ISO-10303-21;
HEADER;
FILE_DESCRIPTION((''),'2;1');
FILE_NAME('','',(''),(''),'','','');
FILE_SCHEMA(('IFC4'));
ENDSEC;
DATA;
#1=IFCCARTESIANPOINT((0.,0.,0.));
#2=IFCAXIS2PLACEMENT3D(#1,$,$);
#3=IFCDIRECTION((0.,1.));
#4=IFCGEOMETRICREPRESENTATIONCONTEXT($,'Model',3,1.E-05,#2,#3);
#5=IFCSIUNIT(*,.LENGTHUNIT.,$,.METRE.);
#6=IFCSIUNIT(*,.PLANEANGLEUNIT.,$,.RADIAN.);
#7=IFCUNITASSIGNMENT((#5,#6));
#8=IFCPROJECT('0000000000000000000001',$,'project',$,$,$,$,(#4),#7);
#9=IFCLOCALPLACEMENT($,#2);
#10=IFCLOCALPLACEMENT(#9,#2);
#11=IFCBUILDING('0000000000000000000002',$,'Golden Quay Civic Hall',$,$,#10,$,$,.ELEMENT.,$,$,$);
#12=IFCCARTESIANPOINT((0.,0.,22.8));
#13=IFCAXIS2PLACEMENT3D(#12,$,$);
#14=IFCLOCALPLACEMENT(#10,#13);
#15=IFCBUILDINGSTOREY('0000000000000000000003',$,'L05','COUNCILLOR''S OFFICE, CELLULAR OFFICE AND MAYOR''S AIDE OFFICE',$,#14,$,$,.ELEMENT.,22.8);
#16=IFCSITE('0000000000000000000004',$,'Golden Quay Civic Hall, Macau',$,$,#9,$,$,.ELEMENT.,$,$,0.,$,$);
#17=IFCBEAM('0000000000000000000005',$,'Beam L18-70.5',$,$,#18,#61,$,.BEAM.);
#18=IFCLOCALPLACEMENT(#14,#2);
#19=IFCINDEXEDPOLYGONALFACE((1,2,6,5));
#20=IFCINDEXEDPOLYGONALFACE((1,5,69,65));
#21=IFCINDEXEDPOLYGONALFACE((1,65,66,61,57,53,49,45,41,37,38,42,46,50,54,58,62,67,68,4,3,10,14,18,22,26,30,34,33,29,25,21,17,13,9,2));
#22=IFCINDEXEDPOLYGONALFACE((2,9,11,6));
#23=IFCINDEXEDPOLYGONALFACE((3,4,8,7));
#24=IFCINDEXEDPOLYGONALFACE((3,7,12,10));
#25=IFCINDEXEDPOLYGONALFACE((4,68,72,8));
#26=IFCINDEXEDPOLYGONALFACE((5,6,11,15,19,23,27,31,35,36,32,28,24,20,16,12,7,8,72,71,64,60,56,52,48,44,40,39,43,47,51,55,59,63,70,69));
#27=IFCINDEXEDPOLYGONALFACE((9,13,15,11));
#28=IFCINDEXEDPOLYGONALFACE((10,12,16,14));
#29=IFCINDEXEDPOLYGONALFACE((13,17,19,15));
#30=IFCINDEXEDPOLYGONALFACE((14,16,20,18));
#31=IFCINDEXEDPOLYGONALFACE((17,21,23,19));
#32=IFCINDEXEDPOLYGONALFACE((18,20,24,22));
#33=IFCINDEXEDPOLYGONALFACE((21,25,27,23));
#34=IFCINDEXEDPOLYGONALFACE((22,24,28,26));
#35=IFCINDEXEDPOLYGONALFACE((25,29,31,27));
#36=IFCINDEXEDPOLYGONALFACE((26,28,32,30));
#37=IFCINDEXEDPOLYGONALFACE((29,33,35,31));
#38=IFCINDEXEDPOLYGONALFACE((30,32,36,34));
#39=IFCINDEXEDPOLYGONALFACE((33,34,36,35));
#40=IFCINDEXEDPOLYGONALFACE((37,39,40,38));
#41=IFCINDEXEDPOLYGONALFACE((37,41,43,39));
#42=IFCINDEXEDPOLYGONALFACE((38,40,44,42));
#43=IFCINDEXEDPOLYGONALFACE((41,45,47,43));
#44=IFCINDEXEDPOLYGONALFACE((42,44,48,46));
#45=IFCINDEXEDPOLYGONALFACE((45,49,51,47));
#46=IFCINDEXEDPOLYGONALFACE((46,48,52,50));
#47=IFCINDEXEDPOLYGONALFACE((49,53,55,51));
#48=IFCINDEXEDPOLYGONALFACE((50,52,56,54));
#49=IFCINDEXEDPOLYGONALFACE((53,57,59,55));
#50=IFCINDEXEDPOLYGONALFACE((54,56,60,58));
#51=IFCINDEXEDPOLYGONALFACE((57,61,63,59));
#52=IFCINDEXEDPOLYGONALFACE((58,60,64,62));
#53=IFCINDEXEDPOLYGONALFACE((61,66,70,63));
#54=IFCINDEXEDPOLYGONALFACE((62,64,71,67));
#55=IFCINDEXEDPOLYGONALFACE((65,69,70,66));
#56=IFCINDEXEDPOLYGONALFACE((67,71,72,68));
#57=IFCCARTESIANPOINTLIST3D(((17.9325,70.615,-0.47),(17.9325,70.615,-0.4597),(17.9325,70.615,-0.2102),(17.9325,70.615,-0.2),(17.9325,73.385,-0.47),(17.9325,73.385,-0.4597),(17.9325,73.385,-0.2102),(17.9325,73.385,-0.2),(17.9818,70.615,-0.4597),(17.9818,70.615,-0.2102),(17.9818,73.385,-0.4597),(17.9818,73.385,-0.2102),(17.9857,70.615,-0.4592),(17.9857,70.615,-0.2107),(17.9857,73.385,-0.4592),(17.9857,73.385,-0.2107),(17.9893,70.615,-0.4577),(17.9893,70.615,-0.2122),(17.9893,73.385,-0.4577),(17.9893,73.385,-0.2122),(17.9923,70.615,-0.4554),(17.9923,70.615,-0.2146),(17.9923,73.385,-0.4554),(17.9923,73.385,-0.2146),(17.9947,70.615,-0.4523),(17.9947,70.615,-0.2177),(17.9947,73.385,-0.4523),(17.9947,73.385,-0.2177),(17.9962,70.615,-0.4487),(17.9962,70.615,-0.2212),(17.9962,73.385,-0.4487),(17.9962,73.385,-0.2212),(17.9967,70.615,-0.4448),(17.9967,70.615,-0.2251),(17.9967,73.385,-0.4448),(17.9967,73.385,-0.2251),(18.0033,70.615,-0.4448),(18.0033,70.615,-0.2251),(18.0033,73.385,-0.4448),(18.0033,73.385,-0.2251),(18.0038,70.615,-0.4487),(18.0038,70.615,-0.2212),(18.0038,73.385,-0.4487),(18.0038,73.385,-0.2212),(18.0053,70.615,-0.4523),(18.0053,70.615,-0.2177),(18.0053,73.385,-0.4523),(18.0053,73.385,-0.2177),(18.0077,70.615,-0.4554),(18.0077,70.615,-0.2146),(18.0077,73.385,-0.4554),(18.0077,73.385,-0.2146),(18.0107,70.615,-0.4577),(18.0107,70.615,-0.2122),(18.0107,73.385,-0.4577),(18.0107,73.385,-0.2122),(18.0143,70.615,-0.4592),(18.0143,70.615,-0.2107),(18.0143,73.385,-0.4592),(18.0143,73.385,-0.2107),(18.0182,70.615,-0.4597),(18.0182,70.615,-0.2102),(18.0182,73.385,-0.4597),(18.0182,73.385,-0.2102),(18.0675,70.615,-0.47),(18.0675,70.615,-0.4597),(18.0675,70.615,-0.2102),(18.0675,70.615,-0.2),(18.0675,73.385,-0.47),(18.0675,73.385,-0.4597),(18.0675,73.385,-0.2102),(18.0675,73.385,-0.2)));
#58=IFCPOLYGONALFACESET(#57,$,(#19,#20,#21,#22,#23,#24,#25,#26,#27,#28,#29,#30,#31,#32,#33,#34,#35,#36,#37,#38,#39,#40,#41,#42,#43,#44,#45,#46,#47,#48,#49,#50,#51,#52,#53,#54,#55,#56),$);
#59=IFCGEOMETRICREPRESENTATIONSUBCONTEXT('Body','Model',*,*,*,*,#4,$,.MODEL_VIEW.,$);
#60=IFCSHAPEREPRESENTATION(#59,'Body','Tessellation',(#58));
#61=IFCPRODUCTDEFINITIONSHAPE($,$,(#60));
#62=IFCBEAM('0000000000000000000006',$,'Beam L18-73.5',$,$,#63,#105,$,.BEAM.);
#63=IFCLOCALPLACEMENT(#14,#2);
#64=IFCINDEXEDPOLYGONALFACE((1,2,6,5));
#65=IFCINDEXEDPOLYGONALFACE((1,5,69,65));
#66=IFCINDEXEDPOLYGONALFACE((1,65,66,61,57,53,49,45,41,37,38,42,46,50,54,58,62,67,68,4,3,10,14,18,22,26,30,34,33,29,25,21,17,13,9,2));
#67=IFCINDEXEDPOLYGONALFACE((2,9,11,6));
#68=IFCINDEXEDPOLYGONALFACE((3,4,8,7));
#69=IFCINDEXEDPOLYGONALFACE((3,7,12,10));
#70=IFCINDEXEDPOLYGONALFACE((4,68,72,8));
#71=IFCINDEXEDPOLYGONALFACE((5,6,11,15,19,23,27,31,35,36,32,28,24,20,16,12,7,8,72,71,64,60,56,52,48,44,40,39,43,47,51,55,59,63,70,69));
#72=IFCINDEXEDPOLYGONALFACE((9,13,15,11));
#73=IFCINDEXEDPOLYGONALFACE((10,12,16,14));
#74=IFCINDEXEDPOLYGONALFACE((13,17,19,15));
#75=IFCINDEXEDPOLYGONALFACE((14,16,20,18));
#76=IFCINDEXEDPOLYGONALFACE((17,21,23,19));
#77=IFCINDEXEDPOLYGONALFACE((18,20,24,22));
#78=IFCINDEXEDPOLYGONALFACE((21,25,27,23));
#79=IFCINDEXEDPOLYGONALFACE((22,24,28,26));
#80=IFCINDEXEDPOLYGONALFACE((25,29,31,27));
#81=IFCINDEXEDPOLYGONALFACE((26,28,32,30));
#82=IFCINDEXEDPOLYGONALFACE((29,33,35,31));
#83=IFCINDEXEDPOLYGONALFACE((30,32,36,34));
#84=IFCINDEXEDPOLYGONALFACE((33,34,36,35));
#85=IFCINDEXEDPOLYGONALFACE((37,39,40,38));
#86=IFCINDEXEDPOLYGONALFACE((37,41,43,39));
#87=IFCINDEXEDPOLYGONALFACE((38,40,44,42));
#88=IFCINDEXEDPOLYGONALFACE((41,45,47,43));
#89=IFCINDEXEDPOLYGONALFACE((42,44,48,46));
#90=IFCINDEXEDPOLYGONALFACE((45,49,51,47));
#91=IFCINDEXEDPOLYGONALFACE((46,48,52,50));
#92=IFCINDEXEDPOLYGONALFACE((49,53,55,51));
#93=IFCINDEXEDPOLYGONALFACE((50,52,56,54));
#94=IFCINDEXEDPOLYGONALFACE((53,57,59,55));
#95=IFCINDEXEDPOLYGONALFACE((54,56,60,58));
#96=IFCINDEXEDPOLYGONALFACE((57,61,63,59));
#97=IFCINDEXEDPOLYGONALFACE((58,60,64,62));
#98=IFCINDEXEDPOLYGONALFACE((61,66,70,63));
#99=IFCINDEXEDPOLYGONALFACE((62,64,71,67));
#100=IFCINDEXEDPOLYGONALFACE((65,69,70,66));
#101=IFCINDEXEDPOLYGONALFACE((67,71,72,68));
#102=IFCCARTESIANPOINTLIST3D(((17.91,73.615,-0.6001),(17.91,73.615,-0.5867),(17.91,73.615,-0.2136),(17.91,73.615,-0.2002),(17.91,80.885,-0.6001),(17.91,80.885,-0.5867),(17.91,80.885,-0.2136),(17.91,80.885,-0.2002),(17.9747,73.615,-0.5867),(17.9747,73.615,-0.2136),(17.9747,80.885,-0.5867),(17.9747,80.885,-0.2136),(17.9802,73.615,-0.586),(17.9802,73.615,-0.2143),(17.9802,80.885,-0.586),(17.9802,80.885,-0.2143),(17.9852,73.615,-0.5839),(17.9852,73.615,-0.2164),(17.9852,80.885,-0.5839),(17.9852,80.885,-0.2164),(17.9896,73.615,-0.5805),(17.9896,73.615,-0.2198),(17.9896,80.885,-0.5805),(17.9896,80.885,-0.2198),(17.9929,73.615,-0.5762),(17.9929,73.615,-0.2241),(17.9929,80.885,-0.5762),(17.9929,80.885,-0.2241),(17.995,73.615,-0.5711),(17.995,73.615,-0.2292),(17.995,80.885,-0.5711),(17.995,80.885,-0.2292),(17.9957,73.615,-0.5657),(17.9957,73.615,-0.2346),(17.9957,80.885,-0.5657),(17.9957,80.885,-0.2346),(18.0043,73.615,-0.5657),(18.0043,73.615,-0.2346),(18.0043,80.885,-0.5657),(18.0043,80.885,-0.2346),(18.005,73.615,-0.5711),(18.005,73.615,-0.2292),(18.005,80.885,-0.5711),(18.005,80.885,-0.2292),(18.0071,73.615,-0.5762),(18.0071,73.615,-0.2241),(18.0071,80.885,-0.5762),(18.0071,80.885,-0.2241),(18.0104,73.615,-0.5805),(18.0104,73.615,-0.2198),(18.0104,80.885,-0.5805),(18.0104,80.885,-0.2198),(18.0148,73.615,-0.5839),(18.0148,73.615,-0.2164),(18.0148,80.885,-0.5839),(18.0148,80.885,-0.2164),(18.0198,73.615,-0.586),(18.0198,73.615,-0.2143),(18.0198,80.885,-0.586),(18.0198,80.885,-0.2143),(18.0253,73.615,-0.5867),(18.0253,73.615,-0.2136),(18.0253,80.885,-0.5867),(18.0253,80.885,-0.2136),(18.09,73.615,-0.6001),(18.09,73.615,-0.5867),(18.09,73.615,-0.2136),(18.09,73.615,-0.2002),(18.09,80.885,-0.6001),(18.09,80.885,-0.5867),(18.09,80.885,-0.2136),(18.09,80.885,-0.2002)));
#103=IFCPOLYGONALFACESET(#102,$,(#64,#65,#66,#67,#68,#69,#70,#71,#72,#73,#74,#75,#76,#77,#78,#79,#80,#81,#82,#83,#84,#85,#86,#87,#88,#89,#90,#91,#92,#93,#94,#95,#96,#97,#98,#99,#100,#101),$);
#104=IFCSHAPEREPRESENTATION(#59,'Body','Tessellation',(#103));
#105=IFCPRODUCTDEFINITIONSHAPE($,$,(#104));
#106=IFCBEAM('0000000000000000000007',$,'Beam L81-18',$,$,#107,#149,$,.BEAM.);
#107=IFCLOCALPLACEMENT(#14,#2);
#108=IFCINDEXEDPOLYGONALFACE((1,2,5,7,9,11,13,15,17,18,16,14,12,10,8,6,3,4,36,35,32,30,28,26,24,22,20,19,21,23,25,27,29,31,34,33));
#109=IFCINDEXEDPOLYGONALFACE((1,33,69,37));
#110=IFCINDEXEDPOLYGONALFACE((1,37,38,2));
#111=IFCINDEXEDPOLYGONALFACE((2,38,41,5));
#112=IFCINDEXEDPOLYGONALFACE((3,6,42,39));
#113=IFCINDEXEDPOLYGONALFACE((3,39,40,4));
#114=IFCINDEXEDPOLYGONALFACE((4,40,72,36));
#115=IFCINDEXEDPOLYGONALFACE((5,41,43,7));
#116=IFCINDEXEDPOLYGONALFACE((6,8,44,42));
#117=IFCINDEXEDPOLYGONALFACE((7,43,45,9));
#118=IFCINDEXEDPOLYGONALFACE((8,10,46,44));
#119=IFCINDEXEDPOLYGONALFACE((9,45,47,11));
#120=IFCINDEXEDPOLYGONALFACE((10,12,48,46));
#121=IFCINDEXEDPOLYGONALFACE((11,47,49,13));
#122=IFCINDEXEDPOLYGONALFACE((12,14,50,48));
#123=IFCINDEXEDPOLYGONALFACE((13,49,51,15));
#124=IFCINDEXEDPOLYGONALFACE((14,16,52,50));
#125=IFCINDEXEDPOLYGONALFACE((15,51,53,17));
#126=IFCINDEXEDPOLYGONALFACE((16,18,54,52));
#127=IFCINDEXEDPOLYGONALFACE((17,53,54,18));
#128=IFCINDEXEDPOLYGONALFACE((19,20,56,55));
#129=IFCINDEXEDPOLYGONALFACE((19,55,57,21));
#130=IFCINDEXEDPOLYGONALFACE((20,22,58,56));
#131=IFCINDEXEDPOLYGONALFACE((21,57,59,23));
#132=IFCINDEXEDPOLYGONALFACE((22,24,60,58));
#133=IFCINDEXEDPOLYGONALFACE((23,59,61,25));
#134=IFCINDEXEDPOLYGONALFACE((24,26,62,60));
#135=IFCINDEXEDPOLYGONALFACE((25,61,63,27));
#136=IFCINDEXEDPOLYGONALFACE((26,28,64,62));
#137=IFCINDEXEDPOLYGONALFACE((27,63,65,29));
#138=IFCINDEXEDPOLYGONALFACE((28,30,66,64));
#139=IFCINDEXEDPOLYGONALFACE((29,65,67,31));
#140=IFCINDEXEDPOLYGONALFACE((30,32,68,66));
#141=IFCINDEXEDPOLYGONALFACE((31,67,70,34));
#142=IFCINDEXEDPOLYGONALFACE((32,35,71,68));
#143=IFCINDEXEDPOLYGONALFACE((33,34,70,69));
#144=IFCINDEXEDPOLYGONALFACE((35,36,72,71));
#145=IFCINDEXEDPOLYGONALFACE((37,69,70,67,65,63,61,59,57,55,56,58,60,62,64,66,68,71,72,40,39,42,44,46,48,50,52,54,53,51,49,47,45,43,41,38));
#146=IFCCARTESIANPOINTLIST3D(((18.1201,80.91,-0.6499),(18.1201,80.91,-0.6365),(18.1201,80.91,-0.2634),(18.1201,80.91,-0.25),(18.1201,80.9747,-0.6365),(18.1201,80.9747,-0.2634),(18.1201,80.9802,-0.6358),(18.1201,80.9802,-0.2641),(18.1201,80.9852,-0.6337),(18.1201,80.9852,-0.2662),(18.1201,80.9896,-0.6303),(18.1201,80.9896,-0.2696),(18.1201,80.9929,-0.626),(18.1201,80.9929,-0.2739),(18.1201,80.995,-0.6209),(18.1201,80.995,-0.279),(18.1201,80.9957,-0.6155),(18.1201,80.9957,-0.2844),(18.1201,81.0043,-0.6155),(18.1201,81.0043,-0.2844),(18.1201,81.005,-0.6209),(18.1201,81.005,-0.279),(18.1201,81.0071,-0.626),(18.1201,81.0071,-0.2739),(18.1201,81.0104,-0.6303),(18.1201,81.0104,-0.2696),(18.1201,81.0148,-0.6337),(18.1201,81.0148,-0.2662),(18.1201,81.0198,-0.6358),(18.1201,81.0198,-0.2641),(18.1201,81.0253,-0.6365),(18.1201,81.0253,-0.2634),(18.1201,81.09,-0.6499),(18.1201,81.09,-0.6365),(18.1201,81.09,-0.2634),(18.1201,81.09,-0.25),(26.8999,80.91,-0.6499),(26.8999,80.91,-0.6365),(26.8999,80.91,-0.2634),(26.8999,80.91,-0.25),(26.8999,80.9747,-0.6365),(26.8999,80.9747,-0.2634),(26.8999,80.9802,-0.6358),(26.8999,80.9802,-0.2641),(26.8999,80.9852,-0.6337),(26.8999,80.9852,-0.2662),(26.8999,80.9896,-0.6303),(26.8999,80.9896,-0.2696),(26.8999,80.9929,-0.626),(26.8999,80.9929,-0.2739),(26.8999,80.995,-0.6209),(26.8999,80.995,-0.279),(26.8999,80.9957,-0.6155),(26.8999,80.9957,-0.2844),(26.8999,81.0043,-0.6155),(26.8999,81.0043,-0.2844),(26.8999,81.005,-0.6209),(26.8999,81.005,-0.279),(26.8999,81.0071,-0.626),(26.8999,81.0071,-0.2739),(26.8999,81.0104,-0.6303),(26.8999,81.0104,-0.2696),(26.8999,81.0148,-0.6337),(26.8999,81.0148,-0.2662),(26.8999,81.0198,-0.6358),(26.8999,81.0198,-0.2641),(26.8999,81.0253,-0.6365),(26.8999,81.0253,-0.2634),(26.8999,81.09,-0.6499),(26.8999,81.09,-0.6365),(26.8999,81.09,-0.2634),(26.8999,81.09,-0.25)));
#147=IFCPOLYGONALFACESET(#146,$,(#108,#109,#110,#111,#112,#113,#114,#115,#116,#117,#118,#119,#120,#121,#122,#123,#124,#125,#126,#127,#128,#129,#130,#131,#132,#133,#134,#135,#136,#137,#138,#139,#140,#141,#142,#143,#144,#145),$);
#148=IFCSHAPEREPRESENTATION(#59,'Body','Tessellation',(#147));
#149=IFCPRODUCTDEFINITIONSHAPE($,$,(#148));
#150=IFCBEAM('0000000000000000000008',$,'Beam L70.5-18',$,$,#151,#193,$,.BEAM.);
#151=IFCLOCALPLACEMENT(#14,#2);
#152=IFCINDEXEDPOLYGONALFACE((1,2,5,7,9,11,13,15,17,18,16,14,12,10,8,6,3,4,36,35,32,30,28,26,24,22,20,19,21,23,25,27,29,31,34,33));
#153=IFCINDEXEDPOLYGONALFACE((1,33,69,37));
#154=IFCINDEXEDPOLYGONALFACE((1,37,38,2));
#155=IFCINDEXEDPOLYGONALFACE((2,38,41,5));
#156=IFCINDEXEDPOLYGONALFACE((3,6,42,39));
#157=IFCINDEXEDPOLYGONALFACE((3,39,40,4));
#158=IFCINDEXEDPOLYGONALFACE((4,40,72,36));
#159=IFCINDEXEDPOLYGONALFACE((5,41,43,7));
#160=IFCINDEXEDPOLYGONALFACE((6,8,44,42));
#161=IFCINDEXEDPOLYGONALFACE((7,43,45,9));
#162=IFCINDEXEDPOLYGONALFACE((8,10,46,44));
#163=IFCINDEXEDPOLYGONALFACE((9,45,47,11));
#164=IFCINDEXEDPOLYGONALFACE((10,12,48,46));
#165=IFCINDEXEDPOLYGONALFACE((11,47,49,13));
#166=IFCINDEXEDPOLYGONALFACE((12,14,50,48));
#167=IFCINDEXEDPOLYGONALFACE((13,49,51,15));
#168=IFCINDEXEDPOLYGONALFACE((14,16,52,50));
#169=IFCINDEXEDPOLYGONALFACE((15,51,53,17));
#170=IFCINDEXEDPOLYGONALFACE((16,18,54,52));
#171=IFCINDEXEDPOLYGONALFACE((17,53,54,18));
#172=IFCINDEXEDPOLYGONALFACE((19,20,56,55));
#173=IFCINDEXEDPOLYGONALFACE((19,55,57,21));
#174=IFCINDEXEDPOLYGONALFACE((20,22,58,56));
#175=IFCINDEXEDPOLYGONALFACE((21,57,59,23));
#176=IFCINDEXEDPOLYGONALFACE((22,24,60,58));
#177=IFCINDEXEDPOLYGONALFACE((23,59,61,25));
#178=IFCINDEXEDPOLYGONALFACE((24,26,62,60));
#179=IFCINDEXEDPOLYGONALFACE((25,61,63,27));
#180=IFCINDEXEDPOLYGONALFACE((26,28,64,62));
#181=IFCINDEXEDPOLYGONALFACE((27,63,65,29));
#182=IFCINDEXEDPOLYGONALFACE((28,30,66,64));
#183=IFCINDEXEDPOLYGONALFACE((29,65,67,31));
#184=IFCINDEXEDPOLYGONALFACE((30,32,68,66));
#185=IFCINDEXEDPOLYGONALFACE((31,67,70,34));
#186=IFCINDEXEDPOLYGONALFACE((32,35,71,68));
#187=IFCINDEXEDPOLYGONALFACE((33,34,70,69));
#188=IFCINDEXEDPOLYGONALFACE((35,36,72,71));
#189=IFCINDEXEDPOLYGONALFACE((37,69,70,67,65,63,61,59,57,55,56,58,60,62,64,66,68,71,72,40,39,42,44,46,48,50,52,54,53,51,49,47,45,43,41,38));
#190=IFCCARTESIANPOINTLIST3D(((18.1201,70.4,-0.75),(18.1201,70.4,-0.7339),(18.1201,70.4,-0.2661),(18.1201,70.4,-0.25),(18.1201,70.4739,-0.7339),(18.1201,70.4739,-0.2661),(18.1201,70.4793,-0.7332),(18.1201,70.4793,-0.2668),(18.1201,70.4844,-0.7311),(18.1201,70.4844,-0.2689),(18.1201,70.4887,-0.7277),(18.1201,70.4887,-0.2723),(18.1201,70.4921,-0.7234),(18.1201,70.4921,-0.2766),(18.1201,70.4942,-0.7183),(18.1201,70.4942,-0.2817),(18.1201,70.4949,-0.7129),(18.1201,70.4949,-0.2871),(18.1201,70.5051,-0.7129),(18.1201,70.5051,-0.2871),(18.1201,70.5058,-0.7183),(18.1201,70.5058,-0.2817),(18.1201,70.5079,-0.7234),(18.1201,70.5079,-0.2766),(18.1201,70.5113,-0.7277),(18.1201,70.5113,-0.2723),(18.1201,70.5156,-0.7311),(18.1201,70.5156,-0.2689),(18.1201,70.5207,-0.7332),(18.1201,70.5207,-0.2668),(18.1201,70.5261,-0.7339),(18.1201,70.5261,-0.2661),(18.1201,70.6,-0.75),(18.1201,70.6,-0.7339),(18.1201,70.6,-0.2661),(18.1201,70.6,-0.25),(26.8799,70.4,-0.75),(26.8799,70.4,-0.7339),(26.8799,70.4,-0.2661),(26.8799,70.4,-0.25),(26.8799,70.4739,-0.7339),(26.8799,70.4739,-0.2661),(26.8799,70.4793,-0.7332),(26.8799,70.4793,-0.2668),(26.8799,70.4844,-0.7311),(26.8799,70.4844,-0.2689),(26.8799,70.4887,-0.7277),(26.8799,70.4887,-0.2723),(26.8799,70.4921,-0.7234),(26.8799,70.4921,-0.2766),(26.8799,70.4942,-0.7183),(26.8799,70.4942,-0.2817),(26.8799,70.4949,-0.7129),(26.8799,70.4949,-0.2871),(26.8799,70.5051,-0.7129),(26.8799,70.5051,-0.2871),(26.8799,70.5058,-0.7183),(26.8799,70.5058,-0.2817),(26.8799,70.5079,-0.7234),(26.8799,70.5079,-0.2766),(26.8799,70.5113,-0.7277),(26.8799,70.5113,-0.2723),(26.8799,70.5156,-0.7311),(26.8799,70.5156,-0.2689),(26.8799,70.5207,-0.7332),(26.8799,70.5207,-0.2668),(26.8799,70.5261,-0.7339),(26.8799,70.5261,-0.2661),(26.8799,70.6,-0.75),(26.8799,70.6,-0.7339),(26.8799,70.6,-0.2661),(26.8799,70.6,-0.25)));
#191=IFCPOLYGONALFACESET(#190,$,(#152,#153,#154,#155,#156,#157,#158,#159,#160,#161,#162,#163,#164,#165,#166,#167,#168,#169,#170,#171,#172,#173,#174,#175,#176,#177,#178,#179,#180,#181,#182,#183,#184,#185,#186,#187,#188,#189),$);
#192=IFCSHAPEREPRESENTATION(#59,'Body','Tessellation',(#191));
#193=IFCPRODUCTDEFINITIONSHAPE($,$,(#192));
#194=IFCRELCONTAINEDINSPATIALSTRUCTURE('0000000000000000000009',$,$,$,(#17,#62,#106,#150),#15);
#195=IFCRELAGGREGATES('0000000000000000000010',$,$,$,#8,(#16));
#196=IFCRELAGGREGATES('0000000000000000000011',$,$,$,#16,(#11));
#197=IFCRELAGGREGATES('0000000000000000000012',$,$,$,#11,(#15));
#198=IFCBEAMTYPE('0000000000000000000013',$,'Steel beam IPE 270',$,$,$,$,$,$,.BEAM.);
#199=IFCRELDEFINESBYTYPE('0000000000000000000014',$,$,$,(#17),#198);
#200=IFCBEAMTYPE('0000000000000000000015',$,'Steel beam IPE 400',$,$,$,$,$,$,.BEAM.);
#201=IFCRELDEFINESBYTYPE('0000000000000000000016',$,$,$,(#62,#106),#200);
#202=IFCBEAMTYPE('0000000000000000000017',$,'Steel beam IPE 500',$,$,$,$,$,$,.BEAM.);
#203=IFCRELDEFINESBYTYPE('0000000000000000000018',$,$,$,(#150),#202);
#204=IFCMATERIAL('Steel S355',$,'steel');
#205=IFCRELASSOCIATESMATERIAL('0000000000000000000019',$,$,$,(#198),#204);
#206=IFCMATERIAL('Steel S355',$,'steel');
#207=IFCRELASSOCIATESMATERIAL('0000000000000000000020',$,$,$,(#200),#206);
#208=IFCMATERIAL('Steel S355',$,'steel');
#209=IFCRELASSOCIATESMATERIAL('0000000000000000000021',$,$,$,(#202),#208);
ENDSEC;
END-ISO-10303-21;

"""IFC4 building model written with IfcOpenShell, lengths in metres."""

from ifc_helpers import new_model, si_unit, direction, frame, origin, origin_2d, place, context, subcontext, project, spatial, i_section, extrude, material, material_profile, profile_set, type_object, element, save


model = new_model("IFC4")

# Units and contexts
model_context = context("Model", 3, precision=1e-05, world=origin(), true_north=direction((0.0, 1.0)))
body_context = subcontext(model_context, "Body", "Model", "MODEL_VIEW")
ifc_project = project(units=[si_unit("LENGTHUNIT", "METRE"), si_unit("PLANEANGLEUNIT", "RADIAN")], contexts=[model_context])

# Site, building, storey
site_placement = place(None, origin())
site = spatial("IfcSite", under=ifc_project, at=site_placement, Name="Golden Quay Civic Hall, Macau", CompositionType="ELEMENT", RefElevation=0.0)
building_placement = place(site_placement, origin())
building = spatial("IfcBuilding", under=site, at=building_placement, Name="Golden Quay Civic Hall", CompositionType="ELEMENT")
storey_placement = place(building_placement, frame((0.0, 0.0, 22.8)))
storey = spatial("IfcBuildingStorey", under=building, at=storey_placement, Name="L05", Description="COUNCILLOR'S OFFICE, CELLULAR OFFICE AND MAYOR'S AIDE OFFICE", CompositionType="ELEMENT", Elevation=22.8)

# Beams
ifc_material_1 = material(Name="Steel S355", Category="steel")
ifc_material_profile_1 = material_profile(ifc_material_1, i_section(OverallWidth=0.135, OverallDepth=0.27, WebThickness=0.0066, FlangeThickness=0.0103, FilletRadius=0.0149, at=origin_2d()), Name="IPE 270")
ifc_profile_set_1 = profile_set([ifc_material_profile_1], Name="Steel S355")
beam_type_1 = type_object("IfcBeamType", Name="Steel beam IPE 270", PredefinedType="BEAM", material=ifc_profile_set_1)
beam_1_placement = place(storey_placement, frame((18.0, 70.615, -0.335), z_axis=(0.0, 1.0, 0.0), x_axis=(-1.0, 0.0, 0.0)))
element("IfcBeam", 1, at=beam_1_placement, inside=storey, type_object=beam_type_1, Name="Beam L18-70.5", PredefinedType="BEAM", context=body_context, shape_type="SweptSolid", body=[
    extrude(i_section(OverallWidth=0.135, OverallDepth=0.27, WebThickness=0.0066, FlangeThickness=0.0103, FilletRadius=0.0149, at=origin_2d()), origin(), (0.0, 0.0, 1.0), 2.77),
])
ifc_material_2 = material(Name="Steel S355", Category="steel")
ifc_material_profile_2 = material_profile(ifc_material_2, i_section(OverallWidth=0.1799, OverallDepth=0.3999, WebThickness=0.0085, FlangeThickness=0.0134, FilletRadius=0.021, at=origin_2d()), Name="IPE 400")
ifc_profile_set_2 = profile_set([ifc_material_profile_2], Name="Steel S355")
beam_type_2 = type_object("IfcBeamType", Name="Steel beam IPE 400", PredefinedType="BEAM", material=ifc_profile_set_2)
beam_2_placement = place(storey_placement, frame((18.0, 73.615, -0.4001), z_axis=(0.0, 1.0, 0.0), x_axis=(-1.0, 0.0, 0.0)))
element("IfcBeam", 2, at=beam_2_placement, inside=storey, type_object=beam_type_2, Name="Beam L18-73.5", PredefinedType="BEAM", context=body_context, shape_type="SweptSolid", body=[
    extrude(i_section(OverallWidth=0.1799, OverallDepth=0.3999, WebThickness=0.0085, FlangeThickness=0.0134, FilletRadius=0.021, at=origin_2d()), origin(), (0.0, 0.0, 1.0), 7.27),
])
beam_3_placement = place(storey_placement, frame((18.1201, 81.0, -0.45), z_axis=(1.0, 0.0, 0.0), x_axis=(0.0, 1.0, 0.0)))
element("IfcBeam", 3, at=beam_3_placement, inside=storey, type_object=beam_type_2, Name="Beam L81-18", PredefinedType="BEAM", context=body_context, shape_type="SweptSolid", body=[
    extrude(i_section(OverallWidth=0.1799, OverallDepth=0.3999, WebThickness=0.0085, FlangeThickness=0.0134, FilletRadius=0.021, at=origin_2d()), origin(), (0.0, 0.0, 1.0), 8.7798),
])
ifc_material_3 = material(Name="Steel S355", Category="steel")
ifc_material_profile_3 = material_profile(ifc_material_3, i_section(OverallWidth=0.2, OverallDepth=0.5, WebThickness=0.0103, FlangeThickness=0.0161, FilletRadius=0.021, at=origin_2d()), Name="IPE 500")
ifc_profile_set_3 = profile_set([ifc_material_profile_3], Name="Steel S355")
beam_type_3 = type_object("IfcBeamType", Name="Steel beam IPE 500", PredefinedType="BEAM", material=ifc_profile_set_3)
for number, where, z_axis, x_axis, name in (
    (4, (18.1201, 70.5, -0.5), (1.0, 0.0, 0.0), (0.0, 1.0, 0.0), "Beam L70.5-18"),
):
    element("IfcBeam", number, at=place(storey_placement, frame(where, z_axis=z_axis, x_axis=x_axis)), inside=storey, type_object=beam_type_3, Name=name, PredefinedType="BEAM", context=body_context, shape_type="SweptSolid", body=[
        extrude(i_section(OverallWidth=0.2, OverallDepth=0.5, WebThickness=0.0103, FlangeThickness=0.0161, FilletRadius=0.021, at=origin_2d()), origin(), (0.0, 0.0, 1.0), 8.7598),
    ])

save(model, "model.ifc")
